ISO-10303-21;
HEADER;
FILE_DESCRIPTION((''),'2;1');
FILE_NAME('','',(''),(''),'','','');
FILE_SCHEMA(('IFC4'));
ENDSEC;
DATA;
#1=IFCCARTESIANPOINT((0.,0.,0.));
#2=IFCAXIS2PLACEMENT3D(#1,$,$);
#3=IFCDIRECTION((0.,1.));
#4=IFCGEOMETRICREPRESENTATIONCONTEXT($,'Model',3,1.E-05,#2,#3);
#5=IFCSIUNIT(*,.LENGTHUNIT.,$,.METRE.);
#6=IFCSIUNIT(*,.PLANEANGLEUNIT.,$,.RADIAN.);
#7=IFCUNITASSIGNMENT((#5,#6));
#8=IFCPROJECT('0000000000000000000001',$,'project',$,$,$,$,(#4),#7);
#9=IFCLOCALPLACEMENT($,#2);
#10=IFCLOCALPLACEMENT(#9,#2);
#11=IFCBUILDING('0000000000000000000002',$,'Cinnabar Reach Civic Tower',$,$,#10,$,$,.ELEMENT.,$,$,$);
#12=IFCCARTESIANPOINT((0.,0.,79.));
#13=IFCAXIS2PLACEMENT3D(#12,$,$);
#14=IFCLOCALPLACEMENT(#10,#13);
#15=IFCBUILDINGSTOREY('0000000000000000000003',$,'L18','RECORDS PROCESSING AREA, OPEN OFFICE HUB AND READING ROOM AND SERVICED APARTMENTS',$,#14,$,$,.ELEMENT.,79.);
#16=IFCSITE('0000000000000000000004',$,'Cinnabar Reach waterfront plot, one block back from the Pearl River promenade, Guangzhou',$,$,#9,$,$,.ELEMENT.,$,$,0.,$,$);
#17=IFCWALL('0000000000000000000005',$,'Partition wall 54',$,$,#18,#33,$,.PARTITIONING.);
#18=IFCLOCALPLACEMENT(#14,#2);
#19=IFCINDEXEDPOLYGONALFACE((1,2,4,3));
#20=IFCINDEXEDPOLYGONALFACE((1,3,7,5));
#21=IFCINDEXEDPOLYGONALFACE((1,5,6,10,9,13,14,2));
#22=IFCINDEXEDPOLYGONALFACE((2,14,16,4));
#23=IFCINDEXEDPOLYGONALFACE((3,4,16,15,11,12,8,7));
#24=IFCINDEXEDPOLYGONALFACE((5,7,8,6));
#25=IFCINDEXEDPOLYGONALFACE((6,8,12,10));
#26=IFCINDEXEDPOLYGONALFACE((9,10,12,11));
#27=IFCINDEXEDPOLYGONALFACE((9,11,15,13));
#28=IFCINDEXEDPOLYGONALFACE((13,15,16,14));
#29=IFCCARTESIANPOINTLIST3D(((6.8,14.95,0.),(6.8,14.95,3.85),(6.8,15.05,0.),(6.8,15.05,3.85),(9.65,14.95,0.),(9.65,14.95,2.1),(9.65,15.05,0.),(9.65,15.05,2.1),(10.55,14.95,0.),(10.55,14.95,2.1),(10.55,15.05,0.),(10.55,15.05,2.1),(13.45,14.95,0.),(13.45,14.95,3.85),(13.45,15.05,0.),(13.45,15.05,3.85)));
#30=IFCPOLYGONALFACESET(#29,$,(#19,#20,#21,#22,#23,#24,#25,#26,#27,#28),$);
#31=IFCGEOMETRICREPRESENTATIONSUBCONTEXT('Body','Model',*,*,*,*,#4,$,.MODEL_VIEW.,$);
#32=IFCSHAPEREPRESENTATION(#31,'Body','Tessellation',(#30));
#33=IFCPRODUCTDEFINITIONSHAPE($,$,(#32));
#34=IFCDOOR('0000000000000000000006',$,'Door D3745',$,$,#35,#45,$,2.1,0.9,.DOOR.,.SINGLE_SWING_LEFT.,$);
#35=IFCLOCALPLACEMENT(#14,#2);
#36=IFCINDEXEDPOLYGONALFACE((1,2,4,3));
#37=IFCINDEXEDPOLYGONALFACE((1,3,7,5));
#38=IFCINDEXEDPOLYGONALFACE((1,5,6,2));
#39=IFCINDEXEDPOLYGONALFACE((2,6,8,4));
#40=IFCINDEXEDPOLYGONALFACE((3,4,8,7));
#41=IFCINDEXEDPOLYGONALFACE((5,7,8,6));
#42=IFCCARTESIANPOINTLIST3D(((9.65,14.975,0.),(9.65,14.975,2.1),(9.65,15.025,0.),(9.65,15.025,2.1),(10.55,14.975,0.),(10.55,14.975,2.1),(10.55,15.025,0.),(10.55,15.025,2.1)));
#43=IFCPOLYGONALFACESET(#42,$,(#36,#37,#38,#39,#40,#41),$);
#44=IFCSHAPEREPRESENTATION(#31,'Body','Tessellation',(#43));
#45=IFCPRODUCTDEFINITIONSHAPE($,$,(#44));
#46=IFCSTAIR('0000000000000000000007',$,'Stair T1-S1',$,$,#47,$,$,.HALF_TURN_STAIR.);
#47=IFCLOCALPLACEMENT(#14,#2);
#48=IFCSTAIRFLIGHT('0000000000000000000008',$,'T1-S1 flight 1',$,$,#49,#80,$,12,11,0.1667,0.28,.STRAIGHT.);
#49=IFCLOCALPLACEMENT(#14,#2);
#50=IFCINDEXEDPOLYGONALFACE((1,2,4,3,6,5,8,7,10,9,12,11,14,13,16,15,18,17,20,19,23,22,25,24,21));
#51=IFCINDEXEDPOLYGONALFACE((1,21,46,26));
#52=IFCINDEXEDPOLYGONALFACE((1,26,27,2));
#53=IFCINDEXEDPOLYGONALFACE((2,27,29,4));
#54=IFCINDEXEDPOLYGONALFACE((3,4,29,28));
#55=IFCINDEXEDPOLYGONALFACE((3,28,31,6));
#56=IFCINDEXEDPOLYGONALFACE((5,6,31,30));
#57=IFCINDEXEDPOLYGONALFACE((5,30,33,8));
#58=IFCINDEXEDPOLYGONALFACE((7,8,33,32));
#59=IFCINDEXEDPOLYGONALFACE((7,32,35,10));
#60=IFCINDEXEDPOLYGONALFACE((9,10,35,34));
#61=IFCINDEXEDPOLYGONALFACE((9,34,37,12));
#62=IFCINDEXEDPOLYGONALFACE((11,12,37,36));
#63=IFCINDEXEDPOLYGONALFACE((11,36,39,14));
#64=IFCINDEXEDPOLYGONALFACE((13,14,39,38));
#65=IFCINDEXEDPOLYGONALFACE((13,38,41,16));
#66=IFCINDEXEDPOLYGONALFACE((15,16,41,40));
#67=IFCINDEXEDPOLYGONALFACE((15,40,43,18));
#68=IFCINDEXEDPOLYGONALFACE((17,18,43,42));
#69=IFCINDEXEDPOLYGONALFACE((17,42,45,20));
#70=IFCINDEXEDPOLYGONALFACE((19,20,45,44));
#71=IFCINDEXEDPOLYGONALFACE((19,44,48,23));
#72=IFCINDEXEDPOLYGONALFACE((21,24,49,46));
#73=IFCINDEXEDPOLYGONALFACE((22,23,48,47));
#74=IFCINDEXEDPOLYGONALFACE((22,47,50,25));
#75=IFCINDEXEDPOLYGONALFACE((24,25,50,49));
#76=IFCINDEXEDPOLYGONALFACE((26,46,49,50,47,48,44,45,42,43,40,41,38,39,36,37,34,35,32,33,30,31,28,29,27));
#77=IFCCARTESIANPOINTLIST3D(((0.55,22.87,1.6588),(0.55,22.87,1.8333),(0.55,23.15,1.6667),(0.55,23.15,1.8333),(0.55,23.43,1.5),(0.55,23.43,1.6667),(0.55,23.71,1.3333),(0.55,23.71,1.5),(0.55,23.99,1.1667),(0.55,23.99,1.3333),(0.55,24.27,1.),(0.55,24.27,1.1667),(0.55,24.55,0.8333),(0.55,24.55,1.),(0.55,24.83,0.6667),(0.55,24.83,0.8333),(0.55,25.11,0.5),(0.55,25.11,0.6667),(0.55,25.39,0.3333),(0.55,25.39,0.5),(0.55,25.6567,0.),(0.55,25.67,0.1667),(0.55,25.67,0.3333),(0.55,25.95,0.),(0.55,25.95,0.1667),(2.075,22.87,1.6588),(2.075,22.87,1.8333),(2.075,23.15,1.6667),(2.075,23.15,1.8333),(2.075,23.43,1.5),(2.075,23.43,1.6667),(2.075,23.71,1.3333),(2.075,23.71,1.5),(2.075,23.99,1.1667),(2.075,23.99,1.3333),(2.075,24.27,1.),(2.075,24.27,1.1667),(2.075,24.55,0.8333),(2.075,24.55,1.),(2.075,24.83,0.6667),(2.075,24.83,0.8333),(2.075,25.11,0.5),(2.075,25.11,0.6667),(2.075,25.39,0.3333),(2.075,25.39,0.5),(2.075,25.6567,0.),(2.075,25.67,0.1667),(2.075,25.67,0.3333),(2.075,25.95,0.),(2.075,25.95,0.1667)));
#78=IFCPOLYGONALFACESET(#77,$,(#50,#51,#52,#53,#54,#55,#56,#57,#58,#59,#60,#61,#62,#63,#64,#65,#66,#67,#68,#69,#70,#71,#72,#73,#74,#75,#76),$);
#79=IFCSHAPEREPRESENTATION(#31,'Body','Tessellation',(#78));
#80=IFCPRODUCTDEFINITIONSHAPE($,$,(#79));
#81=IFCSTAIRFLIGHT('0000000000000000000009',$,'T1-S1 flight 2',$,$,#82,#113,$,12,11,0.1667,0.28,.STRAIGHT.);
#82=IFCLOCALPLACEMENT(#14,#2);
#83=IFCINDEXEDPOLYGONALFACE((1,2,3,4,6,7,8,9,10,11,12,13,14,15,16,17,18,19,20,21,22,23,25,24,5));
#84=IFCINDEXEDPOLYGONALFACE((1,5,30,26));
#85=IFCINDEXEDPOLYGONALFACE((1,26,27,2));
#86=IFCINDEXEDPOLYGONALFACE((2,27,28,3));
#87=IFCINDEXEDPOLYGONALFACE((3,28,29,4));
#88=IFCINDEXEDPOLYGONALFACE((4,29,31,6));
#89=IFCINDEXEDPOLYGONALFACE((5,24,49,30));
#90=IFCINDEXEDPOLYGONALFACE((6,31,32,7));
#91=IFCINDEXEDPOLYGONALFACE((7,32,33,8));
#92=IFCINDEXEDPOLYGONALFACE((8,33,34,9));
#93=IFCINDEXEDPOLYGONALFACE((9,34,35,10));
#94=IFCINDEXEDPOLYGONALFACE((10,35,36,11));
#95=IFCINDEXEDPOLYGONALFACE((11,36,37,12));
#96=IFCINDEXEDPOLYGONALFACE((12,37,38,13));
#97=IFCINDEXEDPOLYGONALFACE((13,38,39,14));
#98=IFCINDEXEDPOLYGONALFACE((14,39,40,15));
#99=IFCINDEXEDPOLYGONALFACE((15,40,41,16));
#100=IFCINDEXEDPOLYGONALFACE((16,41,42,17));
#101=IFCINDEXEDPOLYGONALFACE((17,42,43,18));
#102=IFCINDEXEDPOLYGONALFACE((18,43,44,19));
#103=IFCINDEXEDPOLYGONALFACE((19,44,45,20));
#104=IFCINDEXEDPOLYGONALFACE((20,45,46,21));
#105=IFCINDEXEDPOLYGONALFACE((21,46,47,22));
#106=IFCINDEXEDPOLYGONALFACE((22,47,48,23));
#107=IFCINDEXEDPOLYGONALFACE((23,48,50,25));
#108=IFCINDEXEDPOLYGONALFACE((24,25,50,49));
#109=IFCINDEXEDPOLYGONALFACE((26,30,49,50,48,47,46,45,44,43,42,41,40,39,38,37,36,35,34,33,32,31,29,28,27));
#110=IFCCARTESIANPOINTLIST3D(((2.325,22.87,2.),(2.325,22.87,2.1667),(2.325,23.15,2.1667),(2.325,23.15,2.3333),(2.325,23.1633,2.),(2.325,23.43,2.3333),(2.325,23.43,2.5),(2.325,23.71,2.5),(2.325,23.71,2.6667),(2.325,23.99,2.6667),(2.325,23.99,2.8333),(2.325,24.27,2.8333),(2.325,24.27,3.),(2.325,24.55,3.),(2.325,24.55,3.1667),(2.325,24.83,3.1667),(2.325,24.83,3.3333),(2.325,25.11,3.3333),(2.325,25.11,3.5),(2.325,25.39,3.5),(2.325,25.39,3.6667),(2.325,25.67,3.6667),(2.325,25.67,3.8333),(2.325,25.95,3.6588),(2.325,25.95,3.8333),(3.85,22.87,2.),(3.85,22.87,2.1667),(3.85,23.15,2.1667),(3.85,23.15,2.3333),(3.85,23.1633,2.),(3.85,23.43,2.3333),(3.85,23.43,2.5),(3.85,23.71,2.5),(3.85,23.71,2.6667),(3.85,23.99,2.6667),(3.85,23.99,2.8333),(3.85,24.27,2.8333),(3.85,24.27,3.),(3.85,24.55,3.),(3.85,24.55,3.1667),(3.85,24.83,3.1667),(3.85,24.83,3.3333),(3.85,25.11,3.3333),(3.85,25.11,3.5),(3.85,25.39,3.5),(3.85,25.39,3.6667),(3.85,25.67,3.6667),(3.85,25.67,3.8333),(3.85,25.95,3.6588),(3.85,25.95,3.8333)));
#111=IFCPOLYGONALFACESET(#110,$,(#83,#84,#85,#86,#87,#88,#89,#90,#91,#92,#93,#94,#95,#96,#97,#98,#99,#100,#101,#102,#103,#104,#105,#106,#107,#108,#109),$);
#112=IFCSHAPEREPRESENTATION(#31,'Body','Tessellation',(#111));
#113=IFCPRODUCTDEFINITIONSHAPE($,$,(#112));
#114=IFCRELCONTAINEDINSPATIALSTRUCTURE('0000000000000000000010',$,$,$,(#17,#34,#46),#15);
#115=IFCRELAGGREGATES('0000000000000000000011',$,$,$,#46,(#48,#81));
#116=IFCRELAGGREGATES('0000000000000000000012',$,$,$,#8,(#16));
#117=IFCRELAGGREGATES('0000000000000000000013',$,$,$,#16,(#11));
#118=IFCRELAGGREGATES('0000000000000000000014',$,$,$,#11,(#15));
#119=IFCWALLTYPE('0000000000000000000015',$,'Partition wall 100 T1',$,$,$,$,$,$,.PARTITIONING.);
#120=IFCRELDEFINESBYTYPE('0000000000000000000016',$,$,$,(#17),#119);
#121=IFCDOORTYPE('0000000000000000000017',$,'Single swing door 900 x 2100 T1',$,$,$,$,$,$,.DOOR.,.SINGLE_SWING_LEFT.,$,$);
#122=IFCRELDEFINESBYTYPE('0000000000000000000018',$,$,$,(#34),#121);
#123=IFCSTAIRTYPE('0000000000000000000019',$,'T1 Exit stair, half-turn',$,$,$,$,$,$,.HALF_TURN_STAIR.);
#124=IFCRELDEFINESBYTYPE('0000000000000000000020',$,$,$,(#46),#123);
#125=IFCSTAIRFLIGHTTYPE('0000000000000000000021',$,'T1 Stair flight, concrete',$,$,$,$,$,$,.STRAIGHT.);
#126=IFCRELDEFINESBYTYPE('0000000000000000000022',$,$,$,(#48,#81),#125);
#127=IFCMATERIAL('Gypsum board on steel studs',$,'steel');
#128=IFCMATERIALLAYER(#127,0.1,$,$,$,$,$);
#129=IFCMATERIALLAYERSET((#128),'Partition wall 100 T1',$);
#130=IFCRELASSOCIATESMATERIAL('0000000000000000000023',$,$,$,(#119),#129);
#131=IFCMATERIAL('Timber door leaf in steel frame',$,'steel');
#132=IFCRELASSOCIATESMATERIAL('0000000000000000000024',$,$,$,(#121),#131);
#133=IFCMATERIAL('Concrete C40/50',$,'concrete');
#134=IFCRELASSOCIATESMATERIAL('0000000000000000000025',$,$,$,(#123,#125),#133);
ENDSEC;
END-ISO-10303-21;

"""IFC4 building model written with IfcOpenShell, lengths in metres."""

from ifc_helpers import new_model, si_unit, direction, frame, frame_2d, origin, place, context, subcontext, project, spatial, polyline, rectangle, outline, extrude, material, layer, layer_set, type_object, element, fill, aggregate, save


model = new_model("IFC4")

# Units and contexts
model_context = context("Model", 3, precision=1e-05, world=origin(), true_north=direction((0.0, 1.0)))
body_context = subcontext(model_context, "Body", "Model", "MODEL_VIEW")
ifc_project = project(units=[si_unit("LENGTHUNIT", "METRE"), si_unit("PLANEANGLEUNIT", "RADIAN")], contexts=[model_context])

# Site, building, storey
site_placement = place(None, origin())
site = spatial("IfcSite", under=ifc_project, at=site_placement, Name="Cinnabar Reach waterfront plot, one block back from the Pearl River promenade, Guangzhou", CompositionType="ELEMENT", RefElevation=0.0)
building_placement = place(site_placement, origin())
building = spatial("IfcBuilding", under=site, at=building_placement, Name="Cinnabar Reach Civic Tower", CompositionType="ELEMENT")
storey_placement = place(building_placement, frame((0.0, 0.0, 79.0)))
storey = spatial("IfcBuildingStorey", under=building, at=storey_placement, Name="L18", Description="RECORDS PROCESSING AREA, OPEN OFFICE HUB AND READING ROOM AND SERVICED APARTMENTS", CompositionType="ELEMENT", Elevation=79.0)

# Shared definitions
ifc_material_1 = material(Name="Timber door leaf in steel frame", Category="steel")

# Wall, opening, door
ifc_material_2 = material(Name="Gypsum board on steel studs", Category="steel")
ifc_layer_1 = layer(ifc_material_2, 0.1)
ifc_layer_set_1 = layer_set([ifc_layer_1], Name="Partition wall 100 T1")
wall_type_1 = type_object("IfcWallType", Name="Partition wall 100 T1", PredefinedType="PARTITIONING", material=ifc_layer_set_1)
wall_1_placement = place(storey_placement, frame((6.8, 15.0, 0.0), z_axis=(0.0, 0.0, 1.0), x_axis=(1.0, 0.0, 0.0)))
wall_1 = element("IfcWall", 1, at=wall_1_placement, inside=storey, type_object=wall_type_1, Name="Partition wall 54", PredefinedType="PARTITIONING", context=body_context, shape_type="SweptSolid", body=[
    extrude(rectangle(XDim=6.65, YDim=0.1, at=frame_2d((3.325, 0.0))), origin(), (0.0, 0.0, 1.0), 3.85),
])
opening_1_placement = place(wall_1_placement, frame((2.85, 0.0, 0.0)))
opening_1 = element("IfcOpeningElement", 2, at=opening_1_placement, cuts=wall_1, PredefinedType="OPENING", context=body_context, shape_type="SweptSolid", body=[
    extrude(rectangle(XDim=0.9, YDim=2.1, at=frame_2d((0.45, 1.05))), frame((0.0, 0.06, 0.0), z_axis=(0.0, -1.0, 0.0), x_axis=(1.0, 0.0, 0.0)), (0.0, 0.0, 1.0), 0.12),
])
door_type_1 = type_object("IfcDoorType", Name="Single swing door 900 x 2100 T1", OperationType="SINGLE_SWING_LEFT", PredefinedType="DOOR", material=ifc_material_1)
door_1_placement = place(opening_1_placement, origin())
door_1 = element("IfcDoor", 3, at=door_1_placement, inside=storey, type_object=door_type_1, Name="Door D3745", OperationType="SINGLE_SWING_LEFT", OverallHeight=2.1, OverallWidth=0.9, PredefinedType="DOOR", context=body_context, shape_type="SweptSolid", body=[
    extrude(rectangle(XDim=0.9, YDim=2.1, at=frame_2d((0.45, 1.05))), frame((0.0, 0.025, 0.0), z_axis=(0.0, -1.0, 0.0), x_axis=(1.0, 0.0, 0.0)), (0.0, 0.0, 1.0), 0.05),
])
fill(opening_1, door_1)

# Stair, stair flights
ifc_material_3 = material(Name="Concrete C40/50", Category="concrete")
stair_type = type_object("IfcStairType", Name="T1 Exit stair, half-turn", PredefinedType="HALF_TURN_STAIR", material=ifc_material_3)
stair_placement = place(storey_placement, origin())
stair = element("IfcStair", 4, at=stair_placement, inside=storey, type_object=stair_type, Name="Stair T1-S1", PredefinedType="HALF_TURN_STAIR")
stair_flight_type = type_object("IfcStairFlightType", Name="T1 Stair flight, concrete", PredefinedType="STRAIGHT", material=ifc_material_3)
stair_flight_1_placement = place(storey_placement, frame((1.3125, 25.95, 0.0), z_axis=(0.0, 0.0, 1.0), x_axis=(0.0, -1.0, 0.0)))
stair_flight_1 = element("IfcStairFlight", 5, at=stair_flight_1_placement, type_object=stair_flight_type, Name="T1-S1 flight 1", NumberOfRisers=12, NumberOfTreads=11, PredefinedType="STRAIGHT", RiserHeight=0.1667, TreadLength=0.28, context=body_context, shape_type="SweptSolid", body=[
    extrude(outline(polyline([(0.0, 0.0), (0.0, 0.1667), (0.28, 0.1667), (0.28, 0.3333), (0.56, 0.3333), (0.56, 0.5), (0.84, 0.5), (0.84, 0.6667), (1.12, 0.6667), (1.12, 0.8333), (1.4, 0.8333), (1.4, 1.0), (1.68, 1.0), (1.68, 1.1667), (1.96, 1.1667), (1.96, 1.3333), (2.24, 1.3333), (2.24, 1.5), (2.52, 1.5), (2.52, 1.6667), (2.8, 1.6667), (2.8, 1.8333), (3.08, 1.8333), (3.08, 2.0), (3.08, 1.6588), (0.2933, 0.0), (0.0, 0.0)])), frame((0.0, 0.7625, 0.0), z_axis=(0.0, -1.0, 0.0), x_axis=(1.0, 0.0, 0.0)), (0.0, 0.0, 1.0), 1.525),
])
stair_flight_2_placement = place(storey_placement, frame((3.0875, 22.87, 2.0), z_axis=(0.0, 0.0, 1.0), x_axis=(0.0, 1.0, 0.0)))
stair_flight_2 = element("IfcStairFlight", 6, at=stair_flight_2_placement, type_object=stair_flight_type, Name="T1-S1 flight 2", NumberOfRisers=12, NumberOfTreads=11, PredefinedType="STRAIGHT", RiserHeight=0.1667, TreadLength=0.28, context=body_context, shape_type="SweptSolid", body=[
    extrude(outline(polyline([(0.0, 0.0), (0.0, 0.1667), (0.28, 0.1667), (0.28, 0.3333), (0.56, 0.3333), (0.56, 0.5), (0.84, 0.5), (0.84, 0.6667), (1.12, 0.6667), (1.12, 0.8333), (1.4, 0.8333), (1.4, 1.0), (1.68, 1.0), (1.68, 1.1667), (1.96, 1.1667), (1.96, 1.3333), (2.24, 1.3333), (2.24, 1.5), (2.52, 1.5), (2.52, 1.6667), (2.8, 1.6667), (2.8, 1.8333), (3.08, 1.8333), (3.08, 2.0), (3.08, 1.6588), (0.2933, 0.0), (0.0, 0.0)])), frame((0.0, 0.7625, 0.0), z_axis=(0.0, -1.0, 0.0), x_axis=(1.0, 0.0, 0.0)), (0.0, 0.0, 1.0), 1.525),
])
aggregate(stair, [stair_flight_1, stair_flight_2])

save(model, "model.ifc")
